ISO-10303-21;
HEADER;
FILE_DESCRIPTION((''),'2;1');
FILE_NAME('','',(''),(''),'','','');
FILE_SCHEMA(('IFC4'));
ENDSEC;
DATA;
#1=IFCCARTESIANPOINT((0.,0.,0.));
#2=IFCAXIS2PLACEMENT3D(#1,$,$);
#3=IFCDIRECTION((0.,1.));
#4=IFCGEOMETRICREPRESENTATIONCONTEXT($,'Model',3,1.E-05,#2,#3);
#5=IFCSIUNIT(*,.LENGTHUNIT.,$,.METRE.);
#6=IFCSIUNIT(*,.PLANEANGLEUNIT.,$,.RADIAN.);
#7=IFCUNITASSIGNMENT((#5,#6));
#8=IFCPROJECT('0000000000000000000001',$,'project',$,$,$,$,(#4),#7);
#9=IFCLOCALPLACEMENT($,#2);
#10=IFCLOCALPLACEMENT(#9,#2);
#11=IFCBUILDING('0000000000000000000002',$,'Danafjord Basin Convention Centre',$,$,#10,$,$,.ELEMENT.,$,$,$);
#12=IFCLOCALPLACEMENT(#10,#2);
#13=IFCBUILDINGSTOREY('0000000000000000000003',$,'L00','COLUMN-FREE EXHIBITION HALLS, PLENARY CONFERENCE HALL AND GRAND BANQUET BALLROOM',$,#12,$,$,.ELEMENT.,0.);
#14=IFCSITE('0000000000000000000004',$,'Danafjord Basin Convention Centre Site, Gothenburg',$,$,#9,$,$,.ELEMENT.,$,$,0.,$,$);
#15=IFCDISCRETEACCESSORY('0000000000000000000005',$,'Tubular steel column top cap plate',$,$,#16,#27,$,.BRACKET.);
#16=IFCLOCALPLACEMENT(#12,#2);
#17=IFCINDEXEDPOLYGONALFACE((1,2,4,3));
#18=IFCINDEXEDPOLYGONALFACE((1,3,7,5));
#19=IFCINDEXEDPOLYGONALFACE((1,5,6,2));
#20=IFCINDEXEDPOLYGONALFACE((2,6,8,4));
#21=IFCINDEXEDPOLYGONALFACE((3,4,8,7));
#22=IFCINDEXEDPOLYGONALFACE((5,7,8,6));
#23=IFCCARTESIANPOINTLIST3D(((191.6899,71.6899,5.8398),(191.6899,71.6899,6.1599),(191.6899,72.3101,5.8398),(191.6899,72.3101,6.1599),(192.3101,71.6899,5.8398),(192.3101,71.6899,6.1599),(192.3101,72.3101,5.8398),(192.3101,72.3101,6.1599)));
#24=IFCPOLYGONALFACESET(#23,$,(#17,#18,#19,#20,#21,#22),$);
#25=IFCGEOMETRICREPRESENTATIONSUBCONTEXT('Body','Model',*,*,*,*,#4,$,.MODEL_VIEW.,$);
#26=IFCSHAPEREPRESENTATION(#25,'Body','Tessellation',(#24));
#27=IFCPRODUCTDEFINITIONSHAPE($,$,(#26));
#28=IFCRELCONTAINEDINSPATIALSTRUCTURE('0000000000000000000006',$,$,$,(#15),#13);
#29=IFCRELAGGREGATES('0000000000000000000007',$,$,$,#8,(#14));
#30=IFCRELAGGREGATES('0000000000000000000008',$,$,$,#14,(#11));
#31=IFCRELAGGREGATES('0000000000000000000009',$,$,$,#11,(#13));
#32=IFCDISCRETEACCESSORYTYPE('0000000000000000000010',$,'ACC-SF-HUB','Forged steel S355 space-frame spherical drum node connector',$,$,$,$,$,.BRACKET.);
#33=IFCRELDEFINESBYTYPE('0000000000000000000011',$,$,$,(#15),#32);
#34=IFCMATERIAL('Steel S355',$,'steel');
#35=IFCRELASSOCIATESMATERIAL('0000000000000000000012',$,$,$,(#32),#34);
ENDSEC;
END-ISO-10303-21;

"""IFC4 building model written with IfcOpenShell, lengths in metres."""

from ifc_helpers import new_model, si_unit, direction, frame, origin, origin_2d, place, context, subcontext, project, spatial, rectangle, extrude, material, type_object, element, save


model = new_model("IFC4")

# Units and contexts
model_context = context("Model", 3, precision=1e-05, world=origin(), true_north=direction((0.0, 1.0)))
body_context = subcontext(model_context, "Body", "Model", "MODEL_VIEW")
ifc_project = project(units=[si_unit("LENGTHUNIT", "METRE"), si_unit("PLANEANGLEUNIT", "RADIAN")], contexts=[model_context])

# Site, building, storey
site_placement = place(None, origin())
site = spatial("IfcSite", under=ifc_project, at=site_placement, Name="Danafjord Basin Convention Centre Site, Gothenburg", CompositionType="ELEMENT", RefElevation=0.0)
building_placement = place(site_placement, origin())
building = spatial("IfcBuilding", under=site, at=building_placement, Name="Danafjord Basin Convention Centre", CompositionType="ELEMENT")
storey_placement = place(building_placement, origin())
storey = spatial("IfcBuildingStorey", under=building, at=storey_placement, Name="L00", Description="COLUMN-FREE EXHIBITION HALLS, PLENARY CONFERENCE HALL AND GRAND BANQUET BALLROOM", CompositionType="ELEMENT", Elevation=0.0)

# Shared definitions
ifc_material_1 = material(Name="Steel S355", Category="steel")

# Discrete accessory
discrete_accessory_type = type_object("IfcDiscreteAccessoryType", Name="ACC-SF-HUB", Description="Forged steel S355 space-frame spherical drum node connector", PredefinedType="BRACKET", material=ifc_material_1)
discrete_accessory_placement = place(storey_placement, frame((192.0, 72.0, 5.8398), z_axis=(0.0, 0.0, 1.0), x_axis=(1.0, 0.0, 0.0)))
element("IfcDiscreteAccessory", 1, at=discrete_accessory_placement, inside=storey, type_object=discrete_accessory_type, Name="Tubular steel column top cap plate", PredefinedType="BRACKET", context=body_context, shape_type="SweptSolid", body=[
    extrude(rectangle(XDim=0.6201, YDim=0.6201, at=origin_2d()), origin(), (0.0, 0.0, 1.0), 0.3201),
])

save(model, "model.ifc")
